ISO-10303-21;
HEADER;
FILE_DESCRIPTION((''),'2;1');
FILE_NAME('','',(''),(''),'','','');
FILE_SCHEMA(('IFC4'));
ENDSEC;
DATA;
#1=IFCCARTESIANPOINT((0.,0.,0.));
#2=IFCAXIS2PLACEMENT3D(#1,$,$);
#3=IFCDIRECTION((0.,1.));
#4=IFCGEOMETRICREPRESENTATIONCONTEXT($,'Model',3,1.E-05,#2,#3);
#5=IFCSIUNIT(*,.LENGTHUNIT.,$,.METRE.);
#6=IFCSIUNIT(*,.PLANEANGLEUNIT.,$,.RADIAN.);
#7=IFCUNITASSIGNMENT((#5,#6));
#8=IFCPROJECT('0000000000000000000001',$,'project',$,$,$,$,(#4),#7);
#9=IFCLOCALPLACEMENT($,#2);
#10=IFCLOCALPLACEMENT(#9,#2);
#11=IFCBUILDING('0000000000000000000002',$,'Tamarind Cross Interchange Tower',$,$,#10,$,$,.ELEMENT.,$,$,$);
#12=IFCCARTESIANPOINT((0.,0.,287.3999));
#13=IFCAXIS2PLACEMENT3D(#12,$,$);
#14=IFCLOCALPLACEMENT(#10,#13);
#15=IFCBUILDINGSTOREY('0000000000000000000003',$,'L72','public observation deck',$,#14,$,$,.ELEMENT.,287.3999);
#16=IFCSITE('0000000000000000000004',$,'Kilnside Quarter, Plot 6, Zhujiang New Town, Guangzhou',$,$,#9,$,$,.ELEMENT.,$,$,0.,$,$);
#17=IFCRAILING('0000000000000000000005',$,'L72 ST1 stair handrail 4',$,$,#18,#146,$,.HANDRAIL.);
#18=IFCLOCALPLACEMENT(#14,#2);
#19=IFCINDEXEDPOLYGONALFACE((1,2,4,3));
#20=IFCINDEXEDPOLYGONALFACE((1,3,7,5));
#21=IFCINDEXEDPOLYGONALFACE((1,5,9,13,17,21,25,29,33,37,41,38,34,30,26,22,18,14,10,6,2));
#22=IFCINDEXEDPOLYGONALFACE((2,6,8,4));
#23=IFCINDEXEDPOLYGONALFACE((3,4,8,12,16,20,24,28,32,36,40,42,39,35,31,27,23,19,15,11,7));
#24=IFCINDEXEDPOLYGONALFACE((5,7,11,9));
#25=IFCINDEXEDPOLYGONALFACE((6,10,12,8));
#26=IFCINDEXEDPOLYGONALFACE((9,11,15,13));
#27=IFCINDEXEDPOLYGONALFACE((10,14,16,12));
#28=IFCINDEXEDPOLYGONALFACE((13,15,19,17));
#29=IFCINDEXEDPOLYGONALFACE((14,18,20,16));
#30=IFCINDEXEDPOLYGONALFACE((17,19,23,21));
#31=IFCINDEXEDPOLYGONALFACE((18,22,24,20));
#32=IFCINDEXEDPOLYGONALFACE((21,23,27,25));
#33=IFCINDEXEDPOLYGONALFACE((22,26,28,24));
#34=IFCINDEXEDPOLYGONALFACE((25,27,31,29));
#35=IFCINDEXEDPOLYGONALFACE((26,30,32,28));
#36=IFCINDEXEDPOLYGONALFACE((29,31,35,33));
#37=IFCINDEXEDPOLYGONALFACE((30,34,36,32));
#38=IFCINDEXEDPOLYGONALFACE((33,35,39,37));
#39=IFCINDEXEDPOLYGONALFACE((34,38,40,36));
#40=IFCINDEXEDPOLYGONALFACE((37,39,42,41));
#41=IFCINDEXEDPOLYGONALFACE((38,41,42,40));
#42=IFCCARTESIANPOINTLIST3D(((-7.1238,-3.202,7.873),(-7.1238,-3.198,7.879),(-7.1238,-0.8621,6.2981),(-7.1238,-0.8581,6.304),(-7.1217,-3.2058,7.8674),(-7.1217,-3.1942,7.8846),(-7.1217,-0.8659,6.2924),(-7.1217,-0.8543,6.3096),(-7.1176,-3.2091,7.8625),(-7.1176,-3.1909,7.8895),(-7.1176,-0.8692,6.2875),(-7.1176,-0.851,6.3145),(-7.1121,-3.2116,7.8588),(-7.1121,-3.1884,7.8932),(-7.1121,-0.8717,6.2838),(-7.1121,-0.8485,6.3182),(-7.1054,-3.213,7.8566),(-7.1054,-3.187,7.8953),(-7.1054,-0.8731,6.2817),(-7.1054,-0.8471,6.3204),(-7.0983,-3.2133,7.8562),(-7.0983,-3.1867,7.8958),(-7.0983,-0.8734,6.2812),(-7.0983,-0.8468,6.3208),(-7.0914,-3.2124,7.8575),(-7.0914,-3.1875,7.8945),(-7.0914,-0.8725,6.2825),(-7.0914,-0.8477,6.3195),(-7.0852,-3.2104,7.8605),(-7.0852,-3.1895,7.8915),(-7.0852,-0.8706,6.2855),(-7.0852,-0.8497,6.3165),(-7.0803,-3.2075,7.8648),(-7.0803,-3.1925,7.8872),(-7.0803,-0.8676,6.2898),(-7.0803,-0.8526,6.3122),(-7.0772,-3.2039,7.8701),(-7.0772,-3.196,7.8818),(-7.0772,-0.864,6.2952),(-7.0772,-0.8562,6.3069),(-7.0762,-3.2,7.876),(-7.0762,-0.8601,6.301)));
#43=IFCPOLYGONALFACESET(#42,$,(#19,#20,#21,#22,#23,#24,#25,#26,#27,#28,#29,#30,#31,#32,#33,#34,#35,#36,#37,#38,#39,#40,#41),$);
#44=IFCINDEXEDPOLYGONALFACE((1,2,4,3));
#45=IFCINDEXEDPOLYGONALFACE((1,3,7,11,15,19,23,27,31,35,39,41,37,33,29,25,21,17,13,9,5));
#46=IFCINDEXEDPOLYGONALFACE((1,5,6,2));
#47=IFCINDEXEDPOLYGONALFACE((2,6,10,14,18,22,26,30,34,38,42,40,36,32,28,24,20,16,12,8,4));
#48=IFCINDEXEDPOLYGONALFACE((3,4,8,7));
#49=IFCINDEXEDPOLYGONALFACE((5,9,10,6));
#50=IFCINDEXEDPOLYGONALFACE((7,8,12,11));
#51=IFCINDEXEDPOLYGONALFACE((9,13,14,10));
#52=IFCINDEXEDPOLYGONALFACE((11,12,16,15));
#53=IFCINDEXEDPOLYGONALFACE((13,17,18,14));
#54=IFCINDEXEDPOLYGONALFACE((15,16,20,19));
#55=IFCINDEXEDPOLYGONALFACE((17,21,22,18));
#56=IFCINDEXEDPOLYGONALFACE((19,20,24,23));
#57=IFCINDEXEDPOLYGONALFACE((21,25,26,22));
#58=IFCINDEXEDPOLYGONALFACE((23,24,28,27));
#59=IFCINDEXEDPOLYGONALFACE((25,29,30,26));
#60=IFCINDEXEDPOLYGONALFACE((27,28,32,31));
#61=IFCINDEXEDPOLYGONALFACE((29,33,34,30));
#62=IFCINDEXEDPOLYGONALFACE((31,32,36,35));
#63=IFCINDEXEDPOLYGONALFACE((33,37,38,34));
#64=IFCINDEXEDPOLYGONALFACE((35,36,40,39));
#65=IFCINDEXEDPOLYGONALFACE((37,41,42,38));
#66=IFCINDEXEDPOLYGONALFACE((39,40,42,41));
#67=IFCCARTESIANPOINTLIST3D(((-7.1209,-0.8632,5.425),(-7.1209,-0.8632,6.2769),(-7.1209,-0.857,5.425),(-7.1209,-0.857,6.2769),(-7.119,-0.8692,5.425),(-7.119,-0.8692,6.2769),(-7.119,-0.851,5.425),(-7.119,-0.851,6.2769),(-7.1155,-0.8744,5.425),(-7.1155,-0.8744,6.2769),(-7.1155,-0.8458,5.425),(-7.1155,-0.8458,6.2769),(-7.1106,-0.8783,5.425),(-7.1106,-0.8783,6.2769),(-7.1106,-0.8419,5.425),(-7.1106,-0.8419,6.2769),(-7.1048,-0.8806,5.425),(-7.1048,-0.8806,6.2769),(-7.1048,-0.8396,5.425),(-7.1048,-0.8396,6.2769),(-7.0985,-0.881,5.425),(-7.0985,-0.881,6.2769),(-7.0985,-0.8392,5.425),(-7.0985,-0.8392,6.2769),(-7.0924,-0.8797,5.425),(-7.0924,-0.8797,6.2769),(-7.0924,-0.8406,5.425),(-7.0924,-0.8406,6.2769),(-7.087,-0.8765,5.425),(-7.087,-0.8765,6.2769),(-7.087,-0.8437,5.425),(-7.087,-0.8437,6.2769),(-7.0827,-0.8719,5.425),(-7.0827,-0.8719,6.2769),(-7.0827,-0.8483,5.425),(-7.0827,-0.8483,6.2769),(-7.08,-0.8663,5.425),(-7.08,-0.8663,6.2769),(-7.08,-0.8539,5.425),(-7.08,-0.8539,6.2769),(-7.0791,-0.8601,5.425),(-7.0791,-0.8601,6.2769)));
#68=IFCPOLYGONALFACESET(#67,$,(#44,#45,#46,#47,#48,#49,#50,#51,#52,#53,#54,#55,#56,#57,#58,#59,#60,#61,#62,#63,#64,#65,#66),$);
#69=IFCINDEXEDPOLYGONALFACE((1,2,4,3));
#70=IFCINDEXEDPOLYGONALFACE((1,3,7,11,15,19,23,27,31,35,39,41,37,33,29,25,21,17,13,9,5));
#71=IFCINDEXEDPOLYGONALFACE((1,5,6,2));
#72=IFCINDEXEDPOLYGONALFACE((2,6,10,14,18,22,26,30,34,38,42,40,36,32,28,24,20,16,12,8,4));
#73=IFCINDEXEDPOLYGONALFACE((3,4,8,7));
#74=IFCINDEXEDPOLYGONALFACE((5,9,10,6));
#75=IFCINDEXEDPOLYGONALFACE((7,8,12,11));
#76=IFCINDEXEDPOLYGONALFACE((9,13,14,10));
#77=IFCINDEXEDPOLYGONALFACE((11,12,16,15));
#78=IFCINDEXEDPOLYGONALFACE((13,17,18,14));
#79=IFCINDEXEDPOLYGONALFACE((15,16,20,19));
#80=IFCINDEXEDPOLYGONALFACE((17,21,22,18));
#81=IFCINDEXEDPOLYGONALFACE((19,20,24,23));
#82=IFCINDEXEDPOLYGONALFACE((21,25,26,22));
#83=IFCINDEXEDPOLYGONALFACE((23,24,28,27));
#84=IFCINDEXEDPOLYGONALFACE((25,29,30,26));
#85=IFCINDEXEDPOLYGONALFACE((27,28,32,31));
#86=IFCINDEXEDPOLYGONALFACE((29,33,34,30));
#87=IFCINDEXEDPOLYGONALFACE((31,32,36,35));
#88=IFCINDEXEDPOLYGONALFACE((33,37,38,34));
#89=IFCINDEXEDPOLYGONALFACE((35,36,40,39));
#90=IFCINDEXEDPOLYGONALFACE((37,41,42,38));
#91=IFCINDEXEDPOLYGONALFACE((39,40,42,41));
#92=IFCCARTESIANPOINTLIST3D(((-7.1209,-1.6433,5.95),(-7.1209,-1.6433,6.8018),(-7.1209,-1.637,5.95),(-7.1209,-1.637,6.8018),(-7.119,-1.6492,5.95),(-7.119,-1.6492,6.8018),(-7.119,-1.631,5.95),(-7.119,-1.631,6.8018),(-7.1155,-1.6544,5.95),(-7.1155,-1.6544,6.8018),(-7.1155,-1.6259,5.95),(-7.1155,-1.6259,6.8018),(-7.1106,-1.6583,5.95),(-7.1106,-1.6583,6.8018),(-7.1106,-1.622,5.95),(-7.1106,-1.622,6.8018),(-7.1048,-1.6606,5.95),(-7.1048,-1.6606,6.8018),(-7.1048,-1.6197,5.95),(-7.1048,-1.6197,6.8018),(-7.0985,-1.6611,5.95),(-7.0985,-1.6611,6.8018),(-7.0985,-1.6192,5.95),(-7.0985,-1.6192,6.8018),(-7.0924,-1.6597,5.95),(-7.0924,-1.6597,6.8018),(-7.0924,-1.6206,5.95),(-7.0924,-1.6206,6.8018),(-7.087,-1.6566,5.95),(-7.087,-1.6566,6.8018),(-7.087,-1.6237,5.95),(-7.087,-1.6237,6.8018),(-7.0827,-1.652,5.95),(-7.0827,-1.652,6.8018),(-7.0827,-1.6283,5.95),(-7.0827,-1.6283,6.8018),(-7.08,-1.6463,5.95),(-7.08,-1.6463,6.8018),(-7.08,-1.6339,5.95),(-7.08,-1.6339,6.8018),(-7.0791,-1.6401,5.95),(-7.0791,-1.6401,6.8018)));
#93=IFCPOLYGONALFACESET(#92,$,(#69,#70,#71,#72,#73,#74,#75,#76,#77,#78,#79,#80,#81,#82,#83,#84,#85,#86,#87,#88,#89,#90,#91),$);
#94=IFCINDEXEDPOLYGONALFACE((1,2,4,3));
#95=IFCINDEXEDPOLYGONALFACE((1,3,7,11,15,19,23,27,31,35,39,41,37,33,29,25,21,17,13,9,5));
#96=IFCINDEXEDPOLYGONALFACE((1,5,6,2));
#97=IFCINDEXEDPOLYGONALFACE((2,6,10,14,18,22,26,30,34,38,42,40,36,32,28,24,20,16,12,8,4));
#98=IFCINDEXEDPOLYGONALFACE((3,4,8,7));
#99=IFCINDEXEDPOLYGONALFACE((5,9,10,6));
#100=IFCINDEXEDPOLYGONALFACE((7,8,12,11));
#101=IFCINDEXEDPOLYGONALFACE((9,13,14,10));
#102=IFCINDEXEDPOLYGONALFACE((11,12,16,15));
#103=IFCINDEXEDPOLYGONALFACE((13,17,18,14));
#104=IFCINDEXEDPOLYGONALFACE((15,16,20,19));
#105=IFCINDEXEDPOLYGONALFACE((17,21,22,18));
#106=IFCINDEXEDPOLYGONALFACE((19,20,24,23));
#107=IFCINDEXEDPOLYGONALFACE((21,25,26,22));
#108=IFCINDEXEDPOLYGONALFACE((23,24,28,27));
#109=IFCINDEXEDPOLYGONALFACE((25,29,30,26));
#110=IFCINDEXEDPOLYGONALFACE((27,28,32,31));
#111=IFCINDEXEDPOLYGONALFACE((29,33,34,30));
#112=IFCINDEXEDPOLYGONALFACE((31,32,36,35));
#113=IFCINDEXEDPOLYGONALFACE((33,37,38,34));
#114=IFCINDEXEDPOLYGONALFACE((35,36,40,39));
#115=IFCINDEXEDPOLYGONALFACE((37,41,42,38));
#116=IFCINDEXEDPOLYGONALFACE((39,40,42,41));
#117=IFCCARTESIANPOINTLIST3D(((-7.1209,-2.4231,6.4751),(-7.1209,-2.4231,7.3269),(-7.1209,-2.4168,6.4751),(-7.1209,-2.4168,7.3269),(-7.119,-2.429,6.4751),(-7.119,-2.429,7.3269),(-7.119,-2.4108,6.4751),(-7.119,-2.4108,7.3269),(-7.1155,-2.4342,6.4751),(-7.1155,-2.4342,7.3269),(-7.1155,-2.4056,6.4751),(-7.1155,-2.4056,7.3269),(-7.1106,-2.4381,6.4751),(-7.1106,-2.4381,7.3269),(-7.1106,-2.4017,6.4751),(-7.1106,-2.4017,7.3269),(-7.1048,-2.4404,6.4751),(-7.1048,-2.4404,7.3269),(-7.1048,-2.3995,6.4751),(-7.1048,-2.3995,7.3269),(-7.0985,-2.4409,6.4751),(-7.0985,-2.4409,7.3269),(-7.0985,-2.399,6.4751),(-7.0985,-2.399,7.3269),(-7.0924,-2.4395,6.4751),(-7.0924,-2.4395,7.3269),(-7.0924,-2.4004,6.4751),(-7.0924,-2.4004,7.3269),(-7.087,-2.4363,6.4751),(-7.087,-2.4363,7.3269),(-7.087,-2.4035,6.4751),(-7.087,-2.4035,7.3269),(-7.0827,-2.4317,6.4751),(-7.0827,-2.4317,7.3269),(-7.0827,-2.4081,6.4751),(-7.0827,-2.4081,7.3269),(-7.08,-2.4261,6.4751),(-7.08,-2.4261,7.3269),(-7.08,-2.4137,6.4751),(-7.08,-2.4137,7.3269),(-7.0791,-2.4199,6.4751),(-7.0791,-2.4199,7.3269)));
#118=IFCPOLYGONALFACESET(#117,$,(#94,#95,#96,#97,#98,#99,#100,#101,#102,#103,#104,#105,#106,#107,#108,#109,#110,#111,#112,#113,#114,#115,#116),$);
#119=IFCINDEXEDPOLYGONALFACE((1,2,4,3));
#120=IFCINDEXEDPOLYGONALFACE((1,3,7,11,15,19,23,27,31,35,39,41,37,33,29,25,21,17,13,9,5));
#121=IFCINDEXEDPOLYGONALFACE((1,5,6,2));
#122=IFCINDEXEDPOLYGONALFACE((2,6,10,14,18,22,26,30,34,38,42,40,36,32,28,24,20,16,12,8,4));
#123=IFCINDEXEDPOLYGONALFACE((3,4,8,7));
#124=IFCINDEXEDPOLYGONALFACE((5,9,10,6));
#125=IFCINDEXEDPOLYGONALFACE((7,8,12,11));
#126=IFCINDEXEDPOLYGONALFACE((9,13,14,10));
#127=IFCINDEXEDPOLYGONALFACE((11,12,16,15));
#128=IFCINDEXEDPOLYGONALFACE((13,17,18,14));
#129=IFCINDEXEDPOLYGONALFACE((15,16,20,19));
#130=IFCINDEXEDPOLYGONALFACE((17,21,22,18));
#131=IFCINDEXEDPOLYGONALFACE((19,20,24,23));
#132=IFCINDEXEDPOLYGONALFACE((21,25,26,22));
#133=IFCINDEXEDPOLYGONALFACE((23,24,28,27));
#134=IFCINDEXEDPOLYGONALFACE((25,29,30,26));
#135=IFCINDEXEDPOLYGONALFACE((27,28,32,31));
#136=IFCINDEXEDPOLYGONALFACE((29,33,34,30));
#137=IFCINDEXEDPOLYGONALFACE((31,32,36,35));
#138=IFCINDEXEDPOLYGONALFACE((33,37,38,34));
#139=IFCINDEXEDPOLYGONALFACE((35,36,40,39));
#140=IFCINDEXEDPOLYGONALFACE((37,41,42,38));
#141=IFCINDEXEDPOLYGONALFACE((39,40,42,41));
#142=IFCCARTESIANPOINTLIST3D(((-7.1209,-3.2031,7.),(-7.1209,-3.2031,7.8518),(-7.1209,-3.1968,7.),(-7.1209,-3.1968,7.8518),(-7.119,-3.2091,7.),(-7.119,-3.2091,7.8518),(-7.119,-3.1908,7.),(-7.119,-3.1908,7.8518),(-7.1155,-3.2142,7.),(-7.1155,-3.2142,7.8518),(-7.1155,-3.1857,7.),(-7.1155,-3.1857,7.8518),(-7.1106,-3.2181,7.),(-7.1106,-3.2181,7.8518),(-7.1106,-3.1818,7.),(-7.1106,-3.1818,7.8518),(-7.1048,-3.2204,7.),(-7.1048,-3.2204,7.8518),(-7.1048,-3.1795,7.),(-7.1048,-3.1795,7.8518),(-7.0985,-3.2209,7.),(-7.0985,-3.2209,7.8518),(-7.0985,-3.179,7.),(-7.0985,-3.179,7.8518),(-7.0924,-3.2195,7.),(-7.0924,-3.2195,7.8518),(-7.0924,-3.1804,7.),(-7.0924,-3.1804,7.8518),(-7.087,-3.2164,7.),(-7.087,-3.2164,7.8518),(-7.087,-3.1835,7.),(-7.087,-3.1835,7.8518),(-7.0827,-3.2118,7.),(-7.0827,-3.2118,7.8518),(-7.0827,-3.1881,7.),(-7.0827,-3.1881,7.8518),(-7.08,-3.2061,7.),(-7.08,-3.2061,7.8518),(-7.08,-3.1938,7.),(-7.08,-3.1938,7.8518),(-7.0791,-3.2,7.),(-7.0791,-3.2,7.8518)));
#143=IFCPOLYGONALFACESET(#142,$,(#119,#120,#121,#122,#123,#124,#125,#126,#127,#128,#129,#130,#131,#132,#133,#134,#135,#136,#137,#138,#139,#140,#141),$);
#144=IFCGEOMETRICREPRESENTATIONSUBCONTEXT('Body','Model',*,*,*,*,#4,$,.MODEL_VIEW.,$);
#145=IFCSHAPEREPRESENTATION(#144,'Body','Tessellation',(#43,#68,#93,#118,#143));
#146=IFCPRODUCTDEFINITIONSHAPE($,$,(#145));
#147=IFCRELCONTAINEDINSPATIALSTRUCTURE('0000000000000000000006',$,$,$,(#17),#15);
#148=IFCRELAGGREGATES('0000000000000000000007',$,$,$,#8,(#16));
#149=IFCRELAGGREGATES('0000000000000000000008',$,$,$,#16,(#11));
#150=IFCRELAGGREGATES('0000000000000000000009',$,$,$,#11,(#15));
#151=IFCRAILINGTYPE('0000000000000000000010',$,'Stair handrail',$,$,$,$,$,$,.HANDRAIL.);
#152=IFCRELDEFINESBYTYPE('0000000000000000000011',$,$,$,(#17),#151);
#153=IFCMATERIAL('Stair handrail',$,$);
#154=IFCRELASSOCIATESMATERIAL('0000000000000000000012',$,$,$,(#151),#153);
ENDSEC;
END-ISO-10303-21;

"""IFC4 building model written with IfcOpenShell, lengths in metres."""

from ifc_helpers import new_model, si_unit, direction, frame, origin, origin_2d, place, context, subcontext, project, spatial, circle, extrude, material, type_object, element, save


model = new_model("IFC4")

# Units and contexts
model_context = context("Model", 3, precision=1e-05, world=origin(), true_north=direction((0.0, 1.0)))
body_context = subcontext(model_context, "Body", "Model", "MODEL_VIEW")
ifc_project = project(units=[si_unit("LENGTHUNIT", "METRE"), si_unit("PLANEANGLEUNIT", "RADIAN")], contexts=[model_context])

# Site, building, storey
site_placement = place(None, origin())
site = spatial("IfcSite", under=ifc_project, at=site_placement, Name="Kilnside Quarter, Plot 6, Zhujiang New Town, Guangzhou", CompositionType="ELEMENT", RefElevation=0.0)
building_placement = place(site_placement, origin())
building = spatial("IfcBuilding", under=site, at=building_placement, Name="Tamarind Cross Interchange Tower", CompositionType="ELEMENT")
storey_placement = place(building_placement, frame((0.0, 0.0, 287.3999)))
storey = spatial("IfcBuildingStorey", under=building, at=storey_placement, Name="L72", Description="public observation deck", CompositionType="ELEMENT", Elevation=287.3999)

# Railing
ifc_material_1 = material(Name="Stair handrail")
railing_type_1 = type_object("IfcRailingType", Name="Stair handrail", PredefinedType="HANDRAIL", material=ifc_material_1)
railing_1_placement = place(storey_placement, frame((-7.1001, -0.8601, 5.425)))
element("IfcRailing", 1, at=railing_1_placement, inside=storey, type_object=railing_type_1, Name="L72 ST1 stair handrail 4", PredefinedType="HANDRAIL", context=body_context, shape_type="SweptSolid", body=[
    extrude(circle(Radius=0.0239, at=origin_2d()), frame((0.0, 0.0, 0.876), z_axis=(0.0, -0.829578, 0.55839), x_axis=(1.0, 0.0, 0.0)), (0.0, 0.0, 1.0), 2.8206),
    extrude(circle(Radius=0.021, at=origin_2d()), origin(), (0.0, 0.0, 1.0), 0.8518),
    extrude(circle(Radius=0.021, at=origin_2d()), frame((0.0, -0.78, 0.5249)), (0.0, 0.0, 1.0), 0.8518),
    extrude(circle(Radius=0.021, at=origin_2d()), frame((0.0, -1.5598, 1.05)), (0.0, 0.0, 1.0), 0.8518),
    extrude(circle(Radius=0.021, at=origin_2d()), frame((0.0, -2.3398, 1.575)), (0.0, 0.0, 1.0), 0.8518),
])

save(model, "model.ifc")
